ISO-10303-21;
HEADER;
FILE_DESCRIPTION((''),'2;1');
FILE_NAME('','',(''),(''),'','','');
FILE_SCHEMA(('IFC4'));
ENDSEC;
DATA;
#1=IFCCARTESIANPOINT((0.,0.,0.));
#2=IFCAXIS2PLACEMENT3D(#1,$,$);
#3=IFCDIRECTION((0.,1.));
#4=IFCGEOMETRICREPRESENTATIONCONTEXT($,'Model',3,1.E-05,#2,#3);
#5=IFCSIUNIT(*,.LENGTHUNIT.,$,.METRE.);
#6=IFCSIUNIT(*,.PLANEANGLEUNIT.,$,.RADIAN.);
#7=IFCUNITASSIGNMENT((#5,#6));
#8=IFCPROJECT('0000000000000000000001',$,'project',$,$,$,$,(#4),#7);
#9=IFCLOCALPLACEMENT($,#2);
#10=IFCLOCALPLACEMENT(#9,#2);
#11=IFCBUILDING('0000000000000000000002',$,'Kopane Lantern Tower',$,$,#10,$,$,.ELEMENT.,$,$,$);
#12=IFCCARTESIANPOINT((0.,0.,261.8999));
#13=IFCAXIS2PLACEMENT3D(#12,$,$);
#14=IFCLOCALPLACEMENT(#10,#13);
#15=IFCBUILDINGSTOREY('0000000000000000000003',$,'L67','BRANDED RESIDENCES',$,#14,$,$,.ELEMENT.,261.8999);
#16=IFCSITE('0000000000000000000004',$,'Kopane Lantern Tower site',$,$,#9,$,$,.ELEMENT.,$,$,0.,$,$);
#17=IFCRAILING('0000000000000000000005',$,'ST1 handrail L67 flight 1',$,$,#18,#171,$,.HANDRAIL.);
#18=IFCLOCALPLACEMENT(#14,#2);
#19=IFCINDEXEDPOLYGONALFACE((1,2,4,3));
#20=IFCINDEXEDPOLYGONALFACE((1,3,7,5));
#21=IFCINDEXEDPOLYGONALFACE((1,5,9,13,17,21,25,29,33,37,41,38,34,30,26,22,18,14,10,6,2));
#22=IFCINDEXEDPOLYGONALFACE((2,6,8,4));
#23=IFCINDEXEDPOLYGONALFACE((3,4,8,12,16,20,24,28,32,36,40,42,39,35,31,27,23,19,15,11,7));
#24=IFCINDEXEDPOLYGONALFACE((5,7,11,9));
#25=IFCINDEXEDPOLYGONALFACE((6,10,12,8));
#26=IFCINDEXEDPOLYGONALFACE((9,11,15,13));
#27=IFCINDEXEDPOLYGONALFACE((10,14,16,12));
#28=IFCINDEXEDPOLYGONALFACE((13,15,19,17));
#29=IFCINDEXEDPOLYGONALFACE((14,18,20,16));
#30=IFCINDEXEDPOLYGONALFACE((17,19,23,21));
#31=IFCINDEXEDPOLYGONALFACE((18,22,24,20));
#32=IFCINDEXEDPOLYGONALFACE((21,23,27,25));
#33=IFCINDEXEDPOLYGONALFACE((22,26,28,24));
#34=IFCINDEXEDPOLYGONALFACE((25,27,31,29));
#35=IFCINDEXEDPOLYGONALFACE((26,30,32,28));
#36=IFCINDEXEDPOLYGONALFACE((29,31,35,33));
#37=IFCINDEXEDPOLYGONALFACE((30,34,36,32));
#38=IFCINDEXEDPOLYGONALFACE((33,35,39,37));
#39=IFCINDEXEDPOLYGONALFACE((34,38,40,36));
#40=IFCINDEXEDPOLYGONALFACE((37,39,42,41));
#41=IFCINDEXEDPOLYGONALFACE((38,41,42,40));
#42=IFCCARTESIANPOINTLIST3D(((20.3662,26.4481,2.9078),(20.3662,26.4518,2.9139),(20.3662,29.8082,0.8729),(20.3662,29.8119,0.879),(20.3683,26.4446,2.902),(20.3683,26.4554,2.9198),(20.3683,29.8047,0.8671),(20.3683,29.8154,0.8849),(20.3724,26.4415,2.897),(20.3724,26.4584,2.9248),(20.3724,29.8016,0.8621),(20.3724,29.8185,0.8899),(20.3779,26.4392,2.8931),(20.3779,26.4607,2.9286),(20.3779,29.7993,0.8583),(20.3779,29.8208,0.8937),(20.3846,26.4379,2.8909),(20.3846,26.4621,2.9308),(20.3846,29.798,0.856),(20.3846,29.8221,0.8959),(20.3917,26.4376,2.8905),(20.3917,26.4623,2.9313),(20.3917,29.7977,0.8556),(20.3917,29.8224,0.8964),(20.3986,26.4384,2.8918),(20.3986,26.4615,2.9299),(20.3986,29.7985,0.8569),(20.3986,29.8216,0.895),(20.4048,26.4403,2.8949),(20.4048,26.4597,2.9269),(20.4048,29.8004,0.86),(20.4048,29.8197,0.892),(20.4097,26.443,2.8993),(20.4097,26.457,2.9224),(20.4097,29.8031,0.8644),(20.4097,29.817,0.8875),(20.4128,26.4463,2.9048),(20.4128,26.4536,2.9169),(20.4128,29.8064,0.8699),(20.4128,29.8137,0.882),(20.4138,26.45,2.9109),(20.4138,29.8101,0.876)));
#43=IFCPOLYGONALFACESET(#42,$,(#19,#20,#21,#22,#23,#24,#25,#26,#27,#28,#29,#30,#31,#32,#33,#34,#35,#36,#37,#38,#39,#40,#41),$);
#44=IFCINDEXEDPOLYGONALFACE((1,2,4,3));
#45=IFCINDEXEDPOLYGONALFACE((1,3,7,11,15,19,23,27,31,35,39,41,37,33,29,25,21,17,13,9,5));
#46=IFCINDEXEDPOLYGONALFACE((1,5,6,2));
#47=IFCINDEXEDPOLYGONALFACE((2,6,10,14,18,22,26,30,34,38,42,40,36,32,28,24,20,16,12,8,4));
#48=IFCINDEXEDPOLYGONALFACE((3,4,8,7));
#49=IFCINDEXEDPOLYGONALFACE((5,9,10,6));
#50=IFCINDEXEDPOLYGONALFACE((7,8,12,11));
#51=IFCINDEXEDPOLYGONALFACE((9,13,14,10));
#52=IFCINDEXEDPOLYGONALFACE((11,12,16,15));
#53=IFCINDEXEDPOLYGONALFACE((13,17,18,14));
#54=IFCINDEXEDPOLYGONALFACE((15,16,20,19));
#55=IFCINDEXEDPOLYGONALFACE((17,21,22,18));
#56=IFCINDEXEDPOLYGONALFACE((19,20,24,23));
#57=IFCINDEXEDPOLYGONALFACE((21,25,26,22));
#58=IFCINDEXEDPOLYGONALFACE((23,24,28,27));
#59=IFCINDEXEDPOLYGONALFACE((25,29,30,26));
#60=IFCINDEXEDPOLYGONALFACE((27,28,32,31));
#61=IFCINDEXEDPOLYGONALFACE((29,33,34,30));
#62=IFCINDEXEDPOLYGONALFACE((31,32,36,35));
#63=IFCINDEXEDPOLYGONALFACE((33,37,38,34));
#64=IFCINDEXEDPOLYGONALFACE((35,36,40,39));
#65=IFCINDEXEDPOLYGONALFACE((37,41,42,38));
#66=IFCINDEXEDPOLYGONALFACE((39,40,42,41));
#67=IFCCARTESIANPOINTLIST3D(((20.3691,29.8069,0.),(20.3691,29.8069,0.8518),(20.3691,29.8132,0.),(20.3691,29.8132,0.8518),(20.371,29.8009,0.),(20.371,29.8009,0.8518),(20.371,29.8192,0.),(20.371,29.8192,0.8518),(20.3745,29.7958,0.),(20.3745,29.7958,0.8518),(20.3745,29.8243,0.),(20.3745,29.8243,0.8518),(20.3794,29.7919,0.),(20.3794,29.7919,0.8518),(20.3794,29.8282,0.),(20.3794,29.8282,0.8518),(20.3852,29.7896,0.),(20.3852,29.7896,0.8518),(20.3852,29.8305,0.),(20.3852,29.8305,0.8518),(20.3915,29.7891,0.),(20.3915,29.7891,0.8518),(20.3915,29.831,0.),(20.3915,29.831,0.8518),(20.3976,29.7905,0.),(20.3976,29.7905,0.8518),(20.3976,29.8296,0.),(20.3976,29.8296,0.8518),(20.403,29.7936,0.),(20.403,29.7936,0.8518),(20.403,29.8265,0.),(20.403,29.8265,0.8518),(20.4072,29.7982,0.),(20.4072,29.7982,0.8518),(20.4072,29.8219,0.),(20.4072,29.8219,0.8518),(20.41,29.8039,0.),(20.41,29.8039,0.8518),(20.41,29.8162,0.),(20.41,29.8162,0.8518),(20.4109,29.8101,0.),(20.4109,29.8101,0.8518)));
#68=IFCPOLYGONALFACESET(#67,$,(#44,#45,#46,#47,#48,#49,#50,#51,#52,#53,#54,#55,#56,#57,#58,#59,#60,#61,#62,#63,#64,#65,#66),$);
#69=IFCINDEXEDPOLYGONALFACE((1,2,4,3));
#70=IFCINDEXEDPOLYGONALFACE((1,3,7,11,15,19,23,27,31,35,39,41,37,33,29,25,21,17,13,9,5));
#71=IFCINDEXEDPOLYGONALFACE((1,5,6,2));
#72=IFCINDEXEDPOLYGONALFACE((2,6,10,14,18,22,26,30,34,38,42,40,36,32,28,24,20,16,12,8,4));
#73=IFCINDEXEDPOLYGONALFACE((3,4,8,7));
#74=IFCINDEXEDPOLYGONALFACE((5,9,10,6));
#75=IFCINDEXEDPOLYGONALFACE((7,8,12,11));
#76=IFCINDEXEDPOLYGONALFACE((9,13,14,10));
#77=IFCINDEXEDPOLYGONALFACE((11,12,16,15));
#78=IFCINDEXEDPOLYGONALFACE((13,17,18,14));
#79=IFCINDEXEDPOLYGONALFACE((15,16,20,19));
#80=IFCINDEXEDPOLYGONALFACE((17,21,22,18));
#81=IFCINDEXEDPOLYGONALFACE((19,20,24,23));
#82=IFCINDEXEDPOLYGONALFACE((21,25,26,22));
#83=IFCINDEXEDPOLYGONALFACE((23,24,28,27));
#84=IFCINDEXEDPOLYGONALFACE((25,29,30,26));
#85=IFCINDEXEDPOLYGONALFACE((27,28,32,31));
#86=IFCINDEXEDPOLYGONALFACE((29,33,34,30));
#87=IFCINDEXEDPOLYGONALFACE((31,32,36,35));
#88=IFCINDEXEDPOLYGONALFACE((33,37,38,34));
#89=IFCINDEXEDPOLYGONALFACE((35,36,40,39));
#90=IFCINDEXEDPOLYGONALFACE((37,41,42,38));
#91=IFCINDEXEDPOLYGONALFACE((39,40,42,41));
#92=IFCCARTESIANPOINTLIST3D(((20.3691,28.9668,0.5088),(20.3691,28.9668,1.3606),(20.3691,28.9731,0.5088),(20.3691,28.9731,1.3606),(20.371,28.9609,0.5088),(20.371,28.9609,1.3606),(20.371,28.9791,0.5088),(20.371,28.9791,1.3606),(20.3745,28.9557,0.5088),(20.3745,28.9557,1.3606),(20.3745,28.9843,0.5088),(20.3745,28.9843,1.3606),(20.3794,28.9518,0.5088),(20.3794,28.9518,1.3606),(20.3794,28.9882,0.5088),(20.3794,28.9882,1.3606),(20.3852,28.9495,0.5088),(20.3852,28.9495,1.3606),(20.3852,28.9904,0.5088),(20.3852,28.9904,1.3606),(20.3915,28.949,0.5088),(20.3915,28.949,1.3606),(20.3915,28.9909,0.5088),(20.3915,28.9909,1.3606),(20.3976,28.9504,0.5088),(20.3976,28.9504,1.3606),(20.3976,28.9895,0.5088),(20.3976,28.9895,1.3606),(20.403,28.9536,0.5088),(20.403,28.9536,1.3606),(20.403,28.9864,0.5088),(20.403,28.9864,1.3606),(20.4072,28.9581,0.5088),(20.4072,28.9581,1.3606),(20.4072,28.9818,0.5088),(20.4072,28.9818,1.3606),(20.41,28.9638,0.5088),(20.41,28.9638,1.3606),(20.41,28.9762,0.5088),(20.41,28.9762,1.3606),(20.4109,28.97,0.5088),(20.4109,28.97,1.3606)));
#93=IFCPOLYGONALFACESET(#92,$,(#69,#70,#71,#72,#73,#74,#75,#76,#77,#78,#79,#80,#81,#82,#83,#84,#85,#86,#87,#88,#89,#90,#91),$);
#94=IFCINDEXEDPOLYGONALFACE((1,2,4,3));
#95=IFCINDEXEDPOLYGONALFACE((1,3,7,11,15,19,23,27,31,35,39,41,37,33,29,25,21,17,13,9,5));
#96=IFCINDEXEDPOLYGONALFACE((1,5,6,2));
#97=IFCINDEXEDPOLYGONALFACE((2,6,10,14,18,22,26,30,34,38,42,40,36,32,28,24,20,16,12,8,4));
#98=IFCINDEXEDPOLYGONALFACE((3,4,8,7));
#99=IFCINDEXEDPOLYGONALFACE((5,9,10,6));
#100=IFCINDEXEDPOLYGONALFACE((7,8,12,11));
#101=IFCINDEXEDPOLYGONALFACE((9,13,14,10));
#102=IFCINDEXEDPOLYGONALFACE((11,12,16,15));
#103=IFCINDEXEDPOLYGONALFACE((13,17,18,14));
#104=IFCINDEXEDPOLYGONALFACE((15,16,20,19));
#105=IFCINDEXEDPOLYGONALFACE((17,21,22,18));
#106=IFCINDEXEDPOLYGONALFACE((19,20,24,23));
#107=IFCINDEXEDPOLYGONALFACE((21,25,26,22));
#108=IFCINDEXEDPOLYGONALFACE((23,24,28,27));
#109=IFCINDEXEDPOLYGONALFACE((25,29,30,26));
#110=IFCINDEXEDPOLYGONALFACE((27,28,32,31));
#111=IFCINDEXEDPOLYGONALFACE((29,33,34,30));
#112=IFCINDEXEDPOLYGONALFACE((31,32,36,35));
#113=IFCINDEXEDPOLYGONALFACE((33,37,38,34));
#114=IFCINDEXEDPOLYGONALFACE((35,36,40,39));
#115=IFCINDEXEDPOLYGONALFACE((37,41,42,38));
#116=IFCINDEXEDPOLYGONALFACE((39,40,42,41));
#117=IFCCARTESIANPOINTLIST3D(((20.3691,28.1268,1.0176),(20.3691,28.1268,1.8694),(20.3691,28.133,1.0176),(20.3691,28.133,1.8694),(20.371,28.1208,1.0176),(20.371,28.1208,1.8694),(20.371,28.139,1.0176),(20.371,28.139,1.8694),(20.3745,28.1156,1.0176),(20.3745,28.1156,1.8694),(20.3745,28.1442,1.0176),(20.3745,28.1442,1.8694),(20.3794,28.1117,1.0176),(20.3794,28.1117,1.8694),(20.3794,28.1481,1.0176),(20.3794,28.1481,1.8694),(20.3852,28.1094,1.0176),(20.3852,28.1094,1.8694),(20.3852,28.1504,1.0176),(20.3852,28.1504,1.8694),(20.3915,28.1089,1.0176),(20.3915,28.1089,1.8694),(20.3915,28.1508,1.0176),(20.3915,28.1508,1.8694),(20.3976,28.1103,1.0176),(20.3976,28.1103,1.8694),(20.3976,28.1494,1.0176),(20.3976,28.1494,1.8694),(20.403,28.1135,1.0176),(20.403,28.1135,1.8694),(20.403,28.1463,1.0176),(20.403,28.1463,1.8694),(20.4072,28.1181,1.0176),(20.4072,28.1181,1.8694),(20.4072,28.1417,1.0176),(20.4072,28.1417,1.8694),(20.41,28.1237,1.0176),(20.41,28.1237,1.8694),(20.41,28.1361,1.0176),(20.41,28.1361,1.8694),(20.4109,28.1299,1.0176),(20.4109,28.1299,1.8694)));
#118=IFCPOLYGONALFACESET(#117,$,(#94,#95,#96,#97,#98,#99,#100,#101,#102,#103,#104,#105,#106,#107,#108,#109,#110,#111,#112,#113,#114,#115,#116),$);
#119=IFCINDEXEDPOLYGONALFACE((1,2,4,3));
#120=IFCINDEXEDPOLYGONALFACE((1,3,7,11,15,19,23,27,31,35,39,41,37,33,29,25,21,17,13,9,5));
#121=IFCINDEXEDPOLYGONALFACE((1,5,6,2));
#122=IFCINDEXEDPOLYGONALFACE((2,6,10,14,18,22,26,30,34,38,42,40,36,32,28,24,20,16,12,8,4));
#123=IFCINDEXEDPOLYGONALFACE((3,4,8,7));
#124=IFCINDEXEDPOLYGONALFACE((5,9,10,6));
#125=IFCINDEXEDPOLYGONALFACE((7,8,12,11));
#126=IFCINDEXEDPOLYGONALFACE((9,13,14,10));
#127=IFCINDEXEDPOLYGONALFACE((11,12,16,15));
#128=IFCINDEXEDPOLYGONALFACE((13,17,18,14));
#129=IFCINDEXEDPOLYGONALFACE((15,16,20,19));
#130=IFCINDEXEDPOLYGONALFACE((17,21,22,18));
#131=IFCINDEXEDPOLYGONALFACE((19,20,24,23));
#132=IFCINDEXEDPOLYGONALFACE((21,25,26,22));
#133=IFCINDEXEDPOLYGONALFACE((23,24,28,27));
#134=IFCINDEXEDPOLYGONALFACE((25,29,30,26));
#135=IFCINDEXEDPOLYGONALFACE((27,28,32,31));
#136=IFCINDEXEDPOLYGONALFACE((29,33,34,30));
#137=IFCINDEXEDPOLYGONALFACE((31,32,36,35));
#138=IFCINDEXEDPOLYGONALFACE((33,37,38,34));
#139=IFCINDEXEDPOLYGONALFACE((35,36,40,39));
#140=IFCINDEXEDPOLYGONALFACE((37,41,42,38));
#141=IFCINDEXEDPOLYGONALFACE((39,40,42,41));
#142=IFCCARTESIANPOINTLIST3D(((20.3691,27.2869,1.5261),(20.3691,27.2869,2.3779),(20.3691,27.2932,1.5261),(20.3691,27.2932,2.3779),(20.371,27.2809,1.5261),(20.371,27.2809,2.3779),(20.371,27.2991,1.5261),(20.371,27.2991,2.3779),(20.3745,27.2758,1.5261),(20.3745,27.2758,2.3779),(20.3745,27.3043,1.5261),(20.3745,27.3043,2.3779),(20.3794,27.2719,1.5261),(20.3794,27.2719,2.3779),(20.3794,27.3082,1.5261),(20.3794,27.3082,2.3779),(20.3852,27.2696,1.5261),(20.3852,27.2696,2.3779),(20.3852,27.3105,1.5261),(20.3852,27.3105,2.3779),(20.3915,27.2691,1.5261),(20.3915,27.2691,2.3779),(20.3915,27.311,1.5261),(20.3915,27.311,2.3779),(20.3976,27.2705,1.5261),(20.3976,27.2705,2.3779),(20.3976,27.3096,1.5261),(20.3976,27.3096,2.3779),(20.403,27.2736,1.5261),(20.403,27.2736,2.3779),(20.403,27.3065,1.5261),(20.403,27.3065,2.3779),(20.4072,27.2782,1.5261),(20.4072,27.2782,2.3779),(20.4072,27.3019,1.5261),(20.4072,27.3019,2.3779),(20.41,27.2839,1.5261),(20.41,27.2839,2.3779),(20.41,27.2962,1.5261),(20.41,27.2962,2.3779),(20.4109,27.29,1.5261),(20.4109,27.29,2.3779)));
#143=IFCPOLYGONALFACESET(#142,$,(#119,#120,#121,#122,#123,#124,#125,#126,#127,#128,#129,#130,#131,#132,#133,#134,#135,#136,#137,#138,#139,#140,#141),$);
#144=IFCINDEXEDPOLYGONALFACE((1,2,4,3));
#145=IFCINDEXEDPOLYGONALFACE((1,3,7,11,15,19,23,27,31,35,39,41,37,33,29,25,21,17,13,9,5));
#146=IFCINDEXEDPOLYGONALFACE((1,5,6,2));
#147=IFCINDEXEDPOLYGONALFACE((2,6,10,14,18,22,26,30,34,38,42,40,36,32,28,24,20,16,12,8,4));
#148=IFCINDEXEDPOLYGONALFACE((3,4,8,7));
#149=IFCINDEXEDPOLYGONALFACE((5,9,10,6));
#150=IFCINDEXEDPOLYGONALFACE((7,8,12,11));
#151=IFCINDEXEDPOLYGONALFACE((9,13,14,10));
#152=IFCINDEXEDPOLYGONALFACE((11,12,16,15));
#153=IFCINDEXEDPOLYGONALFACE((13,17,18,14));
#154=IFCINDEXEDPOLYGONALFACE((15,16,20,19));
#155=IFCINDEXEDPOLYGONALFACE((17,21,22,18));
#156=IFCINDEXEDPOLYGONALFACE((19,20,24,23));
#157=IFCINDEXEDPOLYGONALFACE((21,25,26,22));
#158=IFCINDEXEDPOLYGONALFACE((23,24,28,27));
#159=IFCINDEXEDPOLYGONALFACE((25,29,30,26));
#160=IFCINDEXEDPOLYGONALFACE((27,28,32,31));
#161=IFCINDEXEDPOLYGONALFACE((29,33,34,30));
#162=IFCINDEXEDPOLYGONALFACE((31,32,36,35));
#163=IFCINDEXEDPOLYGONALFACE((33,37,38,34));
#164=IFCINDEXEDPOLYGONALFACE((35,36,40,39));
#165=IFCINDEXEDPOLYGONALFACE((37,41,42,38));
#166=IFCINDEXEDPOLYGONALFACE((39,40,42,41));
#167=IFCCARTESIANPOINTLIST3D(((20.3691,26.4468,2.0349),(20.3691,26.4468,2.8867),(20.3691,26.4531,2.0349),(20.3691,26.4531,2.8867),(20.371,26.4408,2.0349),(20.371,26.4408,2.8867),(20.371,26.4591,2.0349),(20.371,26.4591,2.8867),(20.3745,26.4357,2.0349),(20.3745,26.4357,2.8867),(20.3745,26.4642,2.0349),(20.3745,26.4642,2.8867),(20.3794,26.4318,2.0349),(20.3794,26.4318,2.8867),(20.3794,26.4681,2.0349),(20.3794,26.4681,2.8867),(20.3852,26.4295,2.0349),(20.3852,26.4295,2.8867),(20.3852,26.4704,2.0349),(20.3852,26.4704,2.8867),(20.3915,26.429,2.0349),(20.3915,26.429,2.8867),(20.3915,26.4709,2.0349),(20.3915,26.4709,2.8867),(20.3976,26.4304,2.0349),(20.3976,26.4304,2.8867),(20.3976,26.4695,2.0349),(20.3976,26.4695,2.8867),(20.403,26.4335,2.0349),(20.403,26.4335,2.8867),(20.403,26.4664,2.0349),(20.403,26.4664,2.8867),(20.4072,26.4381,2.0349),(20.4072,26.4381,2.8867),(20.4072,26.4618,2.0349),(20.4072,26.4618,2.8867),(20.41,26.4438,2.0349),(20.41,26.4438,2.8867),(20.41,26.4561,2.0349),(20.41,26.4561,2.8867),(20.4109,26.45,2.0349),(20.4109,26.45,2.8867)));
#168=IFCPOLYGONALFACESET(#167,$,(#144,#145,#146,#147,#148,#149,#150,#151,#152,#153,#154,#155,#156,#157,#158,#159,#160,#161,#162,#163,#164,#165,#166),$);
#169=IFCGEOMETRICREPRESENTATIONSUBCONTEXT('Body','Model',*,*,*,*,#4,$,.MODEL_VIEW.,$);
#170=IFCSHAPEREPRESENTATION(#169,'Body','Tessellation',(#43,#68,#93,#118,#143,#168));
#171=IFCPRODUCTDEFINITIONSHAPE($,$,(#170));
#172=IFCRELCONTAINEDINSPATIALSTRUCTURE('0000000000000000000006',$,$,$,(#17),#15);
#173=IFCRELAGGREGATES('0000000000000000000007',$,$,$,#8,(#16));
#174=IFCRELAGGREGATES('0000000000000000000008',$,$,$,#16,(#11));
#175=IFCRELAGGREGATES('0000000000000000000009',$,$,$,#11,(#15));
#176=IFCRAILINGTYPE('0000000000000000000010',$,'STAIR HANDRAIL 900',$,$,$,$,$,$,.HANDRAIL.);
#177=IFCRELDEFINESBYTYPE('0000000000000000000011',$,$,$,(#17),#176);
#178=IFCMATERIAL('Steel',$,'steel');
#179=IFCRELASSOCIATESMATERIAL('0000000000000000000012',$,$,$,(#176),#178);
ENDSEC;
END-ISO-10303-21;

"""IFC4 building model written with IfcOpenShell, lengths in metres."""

from ifc_helpers import new_model, si_unit, direction, frame, origin, origin_2d, place, context, subcontext, project, spatial, circle, extrude, material, type_object, element, save


model = new_model("IFC4")

# Units and contexts
model_context = context("Model", 3, precision=1e-05, world=origin(), true_north=direction((0.0, 1.0)))
body_context = subcontext(model_context, "Body", "Model", "MODEL_VIEW")
ifc_project = project(units=[si_unit("LENGTHUNIT", "METRE"), si_unit("PLANEANGLEUNIT", "RADIAN")], contexts=[model_context])

# Site, building, storey
site_placement = place(None, origin())
site = spatial("IfcSite", under=ifc_project, at=site_placement, Name="Kopane Lantern Tower site", CompositionType="ELEMENT", RefElevation=0.0)
building_placement = place(site_placement, origin())
building = spatial("IfcBuilding", under=site, at=building_placement, Name="Kopane Lantern Tower", CompositionType="ELEMENT")
storey_placement = place(building_placement, frame((0.0, 0.0, 261.8999)))
storey = spatial("IfcBuildingStorey", under=building, at=storey_placement, Name="L67", Description="BRANDED RESIDENCES", CompositionType="ELEMENT", Elevation=261.8999)

# Railing
ifc_material_1 = material(Name="Steel", Category="steel")
railing_type_1 = type_object("IfcRailingType", Name="STAIR HANDRAIL 900", PredefinedType="HANDRAIL", material=ifc_material_1)
for number, where, name in (
    (1, (20.3899, 29.8101, 0.0), "ST1 handrail L67 flight 1"),
):
    element("IfcRailing", number, at=place(storey_placement, frame(where)), inside=storey, type_object=railing_type_1, Name=name, PredefinedType="HANDRAIL", context=body_context, shape_type="SweptSolid", body=[
        extrude(circle(Radius=0.0239, at=origin_2d()), frame((0.0, 0.0, 0.876), z_axis=(0.0, -0.855369, 0.518019), x_axis=(1.0, 0.0, 0.0)), (0.0, 0.0, 1.0), 3.9282),
        extrude(circle(Radius=0.021, at=origin_2d()), origin(), (0.0, 0.0, 1.0), 0.8518),
        extrude(circle(Radius=0.021, at=origin_2d()), frame((0.0, -0.8401, 0.5088)), (0.0, 0.0, 1.0), 0.8518),
        extrude(circle(Radius=0.021, at=origin_2d()), frame((0.0, -1.6802, 1.0176)), (0.0, 0.0, 1.0), 0.8518),
        extrude(circle(Radius=0.021, at=origin_2d()), frame((0.0, -2.52, 1.5261)), (0.0, 0.0, 1.0), 0.8518),
        extrude(circle(Radius=0.021, at=origin_2d()), frame((0.0, -3.3601, 2.0349)), (0.0, 0.0, 1.0), 0.8518),
    ])

save(model, "model.ifc")
